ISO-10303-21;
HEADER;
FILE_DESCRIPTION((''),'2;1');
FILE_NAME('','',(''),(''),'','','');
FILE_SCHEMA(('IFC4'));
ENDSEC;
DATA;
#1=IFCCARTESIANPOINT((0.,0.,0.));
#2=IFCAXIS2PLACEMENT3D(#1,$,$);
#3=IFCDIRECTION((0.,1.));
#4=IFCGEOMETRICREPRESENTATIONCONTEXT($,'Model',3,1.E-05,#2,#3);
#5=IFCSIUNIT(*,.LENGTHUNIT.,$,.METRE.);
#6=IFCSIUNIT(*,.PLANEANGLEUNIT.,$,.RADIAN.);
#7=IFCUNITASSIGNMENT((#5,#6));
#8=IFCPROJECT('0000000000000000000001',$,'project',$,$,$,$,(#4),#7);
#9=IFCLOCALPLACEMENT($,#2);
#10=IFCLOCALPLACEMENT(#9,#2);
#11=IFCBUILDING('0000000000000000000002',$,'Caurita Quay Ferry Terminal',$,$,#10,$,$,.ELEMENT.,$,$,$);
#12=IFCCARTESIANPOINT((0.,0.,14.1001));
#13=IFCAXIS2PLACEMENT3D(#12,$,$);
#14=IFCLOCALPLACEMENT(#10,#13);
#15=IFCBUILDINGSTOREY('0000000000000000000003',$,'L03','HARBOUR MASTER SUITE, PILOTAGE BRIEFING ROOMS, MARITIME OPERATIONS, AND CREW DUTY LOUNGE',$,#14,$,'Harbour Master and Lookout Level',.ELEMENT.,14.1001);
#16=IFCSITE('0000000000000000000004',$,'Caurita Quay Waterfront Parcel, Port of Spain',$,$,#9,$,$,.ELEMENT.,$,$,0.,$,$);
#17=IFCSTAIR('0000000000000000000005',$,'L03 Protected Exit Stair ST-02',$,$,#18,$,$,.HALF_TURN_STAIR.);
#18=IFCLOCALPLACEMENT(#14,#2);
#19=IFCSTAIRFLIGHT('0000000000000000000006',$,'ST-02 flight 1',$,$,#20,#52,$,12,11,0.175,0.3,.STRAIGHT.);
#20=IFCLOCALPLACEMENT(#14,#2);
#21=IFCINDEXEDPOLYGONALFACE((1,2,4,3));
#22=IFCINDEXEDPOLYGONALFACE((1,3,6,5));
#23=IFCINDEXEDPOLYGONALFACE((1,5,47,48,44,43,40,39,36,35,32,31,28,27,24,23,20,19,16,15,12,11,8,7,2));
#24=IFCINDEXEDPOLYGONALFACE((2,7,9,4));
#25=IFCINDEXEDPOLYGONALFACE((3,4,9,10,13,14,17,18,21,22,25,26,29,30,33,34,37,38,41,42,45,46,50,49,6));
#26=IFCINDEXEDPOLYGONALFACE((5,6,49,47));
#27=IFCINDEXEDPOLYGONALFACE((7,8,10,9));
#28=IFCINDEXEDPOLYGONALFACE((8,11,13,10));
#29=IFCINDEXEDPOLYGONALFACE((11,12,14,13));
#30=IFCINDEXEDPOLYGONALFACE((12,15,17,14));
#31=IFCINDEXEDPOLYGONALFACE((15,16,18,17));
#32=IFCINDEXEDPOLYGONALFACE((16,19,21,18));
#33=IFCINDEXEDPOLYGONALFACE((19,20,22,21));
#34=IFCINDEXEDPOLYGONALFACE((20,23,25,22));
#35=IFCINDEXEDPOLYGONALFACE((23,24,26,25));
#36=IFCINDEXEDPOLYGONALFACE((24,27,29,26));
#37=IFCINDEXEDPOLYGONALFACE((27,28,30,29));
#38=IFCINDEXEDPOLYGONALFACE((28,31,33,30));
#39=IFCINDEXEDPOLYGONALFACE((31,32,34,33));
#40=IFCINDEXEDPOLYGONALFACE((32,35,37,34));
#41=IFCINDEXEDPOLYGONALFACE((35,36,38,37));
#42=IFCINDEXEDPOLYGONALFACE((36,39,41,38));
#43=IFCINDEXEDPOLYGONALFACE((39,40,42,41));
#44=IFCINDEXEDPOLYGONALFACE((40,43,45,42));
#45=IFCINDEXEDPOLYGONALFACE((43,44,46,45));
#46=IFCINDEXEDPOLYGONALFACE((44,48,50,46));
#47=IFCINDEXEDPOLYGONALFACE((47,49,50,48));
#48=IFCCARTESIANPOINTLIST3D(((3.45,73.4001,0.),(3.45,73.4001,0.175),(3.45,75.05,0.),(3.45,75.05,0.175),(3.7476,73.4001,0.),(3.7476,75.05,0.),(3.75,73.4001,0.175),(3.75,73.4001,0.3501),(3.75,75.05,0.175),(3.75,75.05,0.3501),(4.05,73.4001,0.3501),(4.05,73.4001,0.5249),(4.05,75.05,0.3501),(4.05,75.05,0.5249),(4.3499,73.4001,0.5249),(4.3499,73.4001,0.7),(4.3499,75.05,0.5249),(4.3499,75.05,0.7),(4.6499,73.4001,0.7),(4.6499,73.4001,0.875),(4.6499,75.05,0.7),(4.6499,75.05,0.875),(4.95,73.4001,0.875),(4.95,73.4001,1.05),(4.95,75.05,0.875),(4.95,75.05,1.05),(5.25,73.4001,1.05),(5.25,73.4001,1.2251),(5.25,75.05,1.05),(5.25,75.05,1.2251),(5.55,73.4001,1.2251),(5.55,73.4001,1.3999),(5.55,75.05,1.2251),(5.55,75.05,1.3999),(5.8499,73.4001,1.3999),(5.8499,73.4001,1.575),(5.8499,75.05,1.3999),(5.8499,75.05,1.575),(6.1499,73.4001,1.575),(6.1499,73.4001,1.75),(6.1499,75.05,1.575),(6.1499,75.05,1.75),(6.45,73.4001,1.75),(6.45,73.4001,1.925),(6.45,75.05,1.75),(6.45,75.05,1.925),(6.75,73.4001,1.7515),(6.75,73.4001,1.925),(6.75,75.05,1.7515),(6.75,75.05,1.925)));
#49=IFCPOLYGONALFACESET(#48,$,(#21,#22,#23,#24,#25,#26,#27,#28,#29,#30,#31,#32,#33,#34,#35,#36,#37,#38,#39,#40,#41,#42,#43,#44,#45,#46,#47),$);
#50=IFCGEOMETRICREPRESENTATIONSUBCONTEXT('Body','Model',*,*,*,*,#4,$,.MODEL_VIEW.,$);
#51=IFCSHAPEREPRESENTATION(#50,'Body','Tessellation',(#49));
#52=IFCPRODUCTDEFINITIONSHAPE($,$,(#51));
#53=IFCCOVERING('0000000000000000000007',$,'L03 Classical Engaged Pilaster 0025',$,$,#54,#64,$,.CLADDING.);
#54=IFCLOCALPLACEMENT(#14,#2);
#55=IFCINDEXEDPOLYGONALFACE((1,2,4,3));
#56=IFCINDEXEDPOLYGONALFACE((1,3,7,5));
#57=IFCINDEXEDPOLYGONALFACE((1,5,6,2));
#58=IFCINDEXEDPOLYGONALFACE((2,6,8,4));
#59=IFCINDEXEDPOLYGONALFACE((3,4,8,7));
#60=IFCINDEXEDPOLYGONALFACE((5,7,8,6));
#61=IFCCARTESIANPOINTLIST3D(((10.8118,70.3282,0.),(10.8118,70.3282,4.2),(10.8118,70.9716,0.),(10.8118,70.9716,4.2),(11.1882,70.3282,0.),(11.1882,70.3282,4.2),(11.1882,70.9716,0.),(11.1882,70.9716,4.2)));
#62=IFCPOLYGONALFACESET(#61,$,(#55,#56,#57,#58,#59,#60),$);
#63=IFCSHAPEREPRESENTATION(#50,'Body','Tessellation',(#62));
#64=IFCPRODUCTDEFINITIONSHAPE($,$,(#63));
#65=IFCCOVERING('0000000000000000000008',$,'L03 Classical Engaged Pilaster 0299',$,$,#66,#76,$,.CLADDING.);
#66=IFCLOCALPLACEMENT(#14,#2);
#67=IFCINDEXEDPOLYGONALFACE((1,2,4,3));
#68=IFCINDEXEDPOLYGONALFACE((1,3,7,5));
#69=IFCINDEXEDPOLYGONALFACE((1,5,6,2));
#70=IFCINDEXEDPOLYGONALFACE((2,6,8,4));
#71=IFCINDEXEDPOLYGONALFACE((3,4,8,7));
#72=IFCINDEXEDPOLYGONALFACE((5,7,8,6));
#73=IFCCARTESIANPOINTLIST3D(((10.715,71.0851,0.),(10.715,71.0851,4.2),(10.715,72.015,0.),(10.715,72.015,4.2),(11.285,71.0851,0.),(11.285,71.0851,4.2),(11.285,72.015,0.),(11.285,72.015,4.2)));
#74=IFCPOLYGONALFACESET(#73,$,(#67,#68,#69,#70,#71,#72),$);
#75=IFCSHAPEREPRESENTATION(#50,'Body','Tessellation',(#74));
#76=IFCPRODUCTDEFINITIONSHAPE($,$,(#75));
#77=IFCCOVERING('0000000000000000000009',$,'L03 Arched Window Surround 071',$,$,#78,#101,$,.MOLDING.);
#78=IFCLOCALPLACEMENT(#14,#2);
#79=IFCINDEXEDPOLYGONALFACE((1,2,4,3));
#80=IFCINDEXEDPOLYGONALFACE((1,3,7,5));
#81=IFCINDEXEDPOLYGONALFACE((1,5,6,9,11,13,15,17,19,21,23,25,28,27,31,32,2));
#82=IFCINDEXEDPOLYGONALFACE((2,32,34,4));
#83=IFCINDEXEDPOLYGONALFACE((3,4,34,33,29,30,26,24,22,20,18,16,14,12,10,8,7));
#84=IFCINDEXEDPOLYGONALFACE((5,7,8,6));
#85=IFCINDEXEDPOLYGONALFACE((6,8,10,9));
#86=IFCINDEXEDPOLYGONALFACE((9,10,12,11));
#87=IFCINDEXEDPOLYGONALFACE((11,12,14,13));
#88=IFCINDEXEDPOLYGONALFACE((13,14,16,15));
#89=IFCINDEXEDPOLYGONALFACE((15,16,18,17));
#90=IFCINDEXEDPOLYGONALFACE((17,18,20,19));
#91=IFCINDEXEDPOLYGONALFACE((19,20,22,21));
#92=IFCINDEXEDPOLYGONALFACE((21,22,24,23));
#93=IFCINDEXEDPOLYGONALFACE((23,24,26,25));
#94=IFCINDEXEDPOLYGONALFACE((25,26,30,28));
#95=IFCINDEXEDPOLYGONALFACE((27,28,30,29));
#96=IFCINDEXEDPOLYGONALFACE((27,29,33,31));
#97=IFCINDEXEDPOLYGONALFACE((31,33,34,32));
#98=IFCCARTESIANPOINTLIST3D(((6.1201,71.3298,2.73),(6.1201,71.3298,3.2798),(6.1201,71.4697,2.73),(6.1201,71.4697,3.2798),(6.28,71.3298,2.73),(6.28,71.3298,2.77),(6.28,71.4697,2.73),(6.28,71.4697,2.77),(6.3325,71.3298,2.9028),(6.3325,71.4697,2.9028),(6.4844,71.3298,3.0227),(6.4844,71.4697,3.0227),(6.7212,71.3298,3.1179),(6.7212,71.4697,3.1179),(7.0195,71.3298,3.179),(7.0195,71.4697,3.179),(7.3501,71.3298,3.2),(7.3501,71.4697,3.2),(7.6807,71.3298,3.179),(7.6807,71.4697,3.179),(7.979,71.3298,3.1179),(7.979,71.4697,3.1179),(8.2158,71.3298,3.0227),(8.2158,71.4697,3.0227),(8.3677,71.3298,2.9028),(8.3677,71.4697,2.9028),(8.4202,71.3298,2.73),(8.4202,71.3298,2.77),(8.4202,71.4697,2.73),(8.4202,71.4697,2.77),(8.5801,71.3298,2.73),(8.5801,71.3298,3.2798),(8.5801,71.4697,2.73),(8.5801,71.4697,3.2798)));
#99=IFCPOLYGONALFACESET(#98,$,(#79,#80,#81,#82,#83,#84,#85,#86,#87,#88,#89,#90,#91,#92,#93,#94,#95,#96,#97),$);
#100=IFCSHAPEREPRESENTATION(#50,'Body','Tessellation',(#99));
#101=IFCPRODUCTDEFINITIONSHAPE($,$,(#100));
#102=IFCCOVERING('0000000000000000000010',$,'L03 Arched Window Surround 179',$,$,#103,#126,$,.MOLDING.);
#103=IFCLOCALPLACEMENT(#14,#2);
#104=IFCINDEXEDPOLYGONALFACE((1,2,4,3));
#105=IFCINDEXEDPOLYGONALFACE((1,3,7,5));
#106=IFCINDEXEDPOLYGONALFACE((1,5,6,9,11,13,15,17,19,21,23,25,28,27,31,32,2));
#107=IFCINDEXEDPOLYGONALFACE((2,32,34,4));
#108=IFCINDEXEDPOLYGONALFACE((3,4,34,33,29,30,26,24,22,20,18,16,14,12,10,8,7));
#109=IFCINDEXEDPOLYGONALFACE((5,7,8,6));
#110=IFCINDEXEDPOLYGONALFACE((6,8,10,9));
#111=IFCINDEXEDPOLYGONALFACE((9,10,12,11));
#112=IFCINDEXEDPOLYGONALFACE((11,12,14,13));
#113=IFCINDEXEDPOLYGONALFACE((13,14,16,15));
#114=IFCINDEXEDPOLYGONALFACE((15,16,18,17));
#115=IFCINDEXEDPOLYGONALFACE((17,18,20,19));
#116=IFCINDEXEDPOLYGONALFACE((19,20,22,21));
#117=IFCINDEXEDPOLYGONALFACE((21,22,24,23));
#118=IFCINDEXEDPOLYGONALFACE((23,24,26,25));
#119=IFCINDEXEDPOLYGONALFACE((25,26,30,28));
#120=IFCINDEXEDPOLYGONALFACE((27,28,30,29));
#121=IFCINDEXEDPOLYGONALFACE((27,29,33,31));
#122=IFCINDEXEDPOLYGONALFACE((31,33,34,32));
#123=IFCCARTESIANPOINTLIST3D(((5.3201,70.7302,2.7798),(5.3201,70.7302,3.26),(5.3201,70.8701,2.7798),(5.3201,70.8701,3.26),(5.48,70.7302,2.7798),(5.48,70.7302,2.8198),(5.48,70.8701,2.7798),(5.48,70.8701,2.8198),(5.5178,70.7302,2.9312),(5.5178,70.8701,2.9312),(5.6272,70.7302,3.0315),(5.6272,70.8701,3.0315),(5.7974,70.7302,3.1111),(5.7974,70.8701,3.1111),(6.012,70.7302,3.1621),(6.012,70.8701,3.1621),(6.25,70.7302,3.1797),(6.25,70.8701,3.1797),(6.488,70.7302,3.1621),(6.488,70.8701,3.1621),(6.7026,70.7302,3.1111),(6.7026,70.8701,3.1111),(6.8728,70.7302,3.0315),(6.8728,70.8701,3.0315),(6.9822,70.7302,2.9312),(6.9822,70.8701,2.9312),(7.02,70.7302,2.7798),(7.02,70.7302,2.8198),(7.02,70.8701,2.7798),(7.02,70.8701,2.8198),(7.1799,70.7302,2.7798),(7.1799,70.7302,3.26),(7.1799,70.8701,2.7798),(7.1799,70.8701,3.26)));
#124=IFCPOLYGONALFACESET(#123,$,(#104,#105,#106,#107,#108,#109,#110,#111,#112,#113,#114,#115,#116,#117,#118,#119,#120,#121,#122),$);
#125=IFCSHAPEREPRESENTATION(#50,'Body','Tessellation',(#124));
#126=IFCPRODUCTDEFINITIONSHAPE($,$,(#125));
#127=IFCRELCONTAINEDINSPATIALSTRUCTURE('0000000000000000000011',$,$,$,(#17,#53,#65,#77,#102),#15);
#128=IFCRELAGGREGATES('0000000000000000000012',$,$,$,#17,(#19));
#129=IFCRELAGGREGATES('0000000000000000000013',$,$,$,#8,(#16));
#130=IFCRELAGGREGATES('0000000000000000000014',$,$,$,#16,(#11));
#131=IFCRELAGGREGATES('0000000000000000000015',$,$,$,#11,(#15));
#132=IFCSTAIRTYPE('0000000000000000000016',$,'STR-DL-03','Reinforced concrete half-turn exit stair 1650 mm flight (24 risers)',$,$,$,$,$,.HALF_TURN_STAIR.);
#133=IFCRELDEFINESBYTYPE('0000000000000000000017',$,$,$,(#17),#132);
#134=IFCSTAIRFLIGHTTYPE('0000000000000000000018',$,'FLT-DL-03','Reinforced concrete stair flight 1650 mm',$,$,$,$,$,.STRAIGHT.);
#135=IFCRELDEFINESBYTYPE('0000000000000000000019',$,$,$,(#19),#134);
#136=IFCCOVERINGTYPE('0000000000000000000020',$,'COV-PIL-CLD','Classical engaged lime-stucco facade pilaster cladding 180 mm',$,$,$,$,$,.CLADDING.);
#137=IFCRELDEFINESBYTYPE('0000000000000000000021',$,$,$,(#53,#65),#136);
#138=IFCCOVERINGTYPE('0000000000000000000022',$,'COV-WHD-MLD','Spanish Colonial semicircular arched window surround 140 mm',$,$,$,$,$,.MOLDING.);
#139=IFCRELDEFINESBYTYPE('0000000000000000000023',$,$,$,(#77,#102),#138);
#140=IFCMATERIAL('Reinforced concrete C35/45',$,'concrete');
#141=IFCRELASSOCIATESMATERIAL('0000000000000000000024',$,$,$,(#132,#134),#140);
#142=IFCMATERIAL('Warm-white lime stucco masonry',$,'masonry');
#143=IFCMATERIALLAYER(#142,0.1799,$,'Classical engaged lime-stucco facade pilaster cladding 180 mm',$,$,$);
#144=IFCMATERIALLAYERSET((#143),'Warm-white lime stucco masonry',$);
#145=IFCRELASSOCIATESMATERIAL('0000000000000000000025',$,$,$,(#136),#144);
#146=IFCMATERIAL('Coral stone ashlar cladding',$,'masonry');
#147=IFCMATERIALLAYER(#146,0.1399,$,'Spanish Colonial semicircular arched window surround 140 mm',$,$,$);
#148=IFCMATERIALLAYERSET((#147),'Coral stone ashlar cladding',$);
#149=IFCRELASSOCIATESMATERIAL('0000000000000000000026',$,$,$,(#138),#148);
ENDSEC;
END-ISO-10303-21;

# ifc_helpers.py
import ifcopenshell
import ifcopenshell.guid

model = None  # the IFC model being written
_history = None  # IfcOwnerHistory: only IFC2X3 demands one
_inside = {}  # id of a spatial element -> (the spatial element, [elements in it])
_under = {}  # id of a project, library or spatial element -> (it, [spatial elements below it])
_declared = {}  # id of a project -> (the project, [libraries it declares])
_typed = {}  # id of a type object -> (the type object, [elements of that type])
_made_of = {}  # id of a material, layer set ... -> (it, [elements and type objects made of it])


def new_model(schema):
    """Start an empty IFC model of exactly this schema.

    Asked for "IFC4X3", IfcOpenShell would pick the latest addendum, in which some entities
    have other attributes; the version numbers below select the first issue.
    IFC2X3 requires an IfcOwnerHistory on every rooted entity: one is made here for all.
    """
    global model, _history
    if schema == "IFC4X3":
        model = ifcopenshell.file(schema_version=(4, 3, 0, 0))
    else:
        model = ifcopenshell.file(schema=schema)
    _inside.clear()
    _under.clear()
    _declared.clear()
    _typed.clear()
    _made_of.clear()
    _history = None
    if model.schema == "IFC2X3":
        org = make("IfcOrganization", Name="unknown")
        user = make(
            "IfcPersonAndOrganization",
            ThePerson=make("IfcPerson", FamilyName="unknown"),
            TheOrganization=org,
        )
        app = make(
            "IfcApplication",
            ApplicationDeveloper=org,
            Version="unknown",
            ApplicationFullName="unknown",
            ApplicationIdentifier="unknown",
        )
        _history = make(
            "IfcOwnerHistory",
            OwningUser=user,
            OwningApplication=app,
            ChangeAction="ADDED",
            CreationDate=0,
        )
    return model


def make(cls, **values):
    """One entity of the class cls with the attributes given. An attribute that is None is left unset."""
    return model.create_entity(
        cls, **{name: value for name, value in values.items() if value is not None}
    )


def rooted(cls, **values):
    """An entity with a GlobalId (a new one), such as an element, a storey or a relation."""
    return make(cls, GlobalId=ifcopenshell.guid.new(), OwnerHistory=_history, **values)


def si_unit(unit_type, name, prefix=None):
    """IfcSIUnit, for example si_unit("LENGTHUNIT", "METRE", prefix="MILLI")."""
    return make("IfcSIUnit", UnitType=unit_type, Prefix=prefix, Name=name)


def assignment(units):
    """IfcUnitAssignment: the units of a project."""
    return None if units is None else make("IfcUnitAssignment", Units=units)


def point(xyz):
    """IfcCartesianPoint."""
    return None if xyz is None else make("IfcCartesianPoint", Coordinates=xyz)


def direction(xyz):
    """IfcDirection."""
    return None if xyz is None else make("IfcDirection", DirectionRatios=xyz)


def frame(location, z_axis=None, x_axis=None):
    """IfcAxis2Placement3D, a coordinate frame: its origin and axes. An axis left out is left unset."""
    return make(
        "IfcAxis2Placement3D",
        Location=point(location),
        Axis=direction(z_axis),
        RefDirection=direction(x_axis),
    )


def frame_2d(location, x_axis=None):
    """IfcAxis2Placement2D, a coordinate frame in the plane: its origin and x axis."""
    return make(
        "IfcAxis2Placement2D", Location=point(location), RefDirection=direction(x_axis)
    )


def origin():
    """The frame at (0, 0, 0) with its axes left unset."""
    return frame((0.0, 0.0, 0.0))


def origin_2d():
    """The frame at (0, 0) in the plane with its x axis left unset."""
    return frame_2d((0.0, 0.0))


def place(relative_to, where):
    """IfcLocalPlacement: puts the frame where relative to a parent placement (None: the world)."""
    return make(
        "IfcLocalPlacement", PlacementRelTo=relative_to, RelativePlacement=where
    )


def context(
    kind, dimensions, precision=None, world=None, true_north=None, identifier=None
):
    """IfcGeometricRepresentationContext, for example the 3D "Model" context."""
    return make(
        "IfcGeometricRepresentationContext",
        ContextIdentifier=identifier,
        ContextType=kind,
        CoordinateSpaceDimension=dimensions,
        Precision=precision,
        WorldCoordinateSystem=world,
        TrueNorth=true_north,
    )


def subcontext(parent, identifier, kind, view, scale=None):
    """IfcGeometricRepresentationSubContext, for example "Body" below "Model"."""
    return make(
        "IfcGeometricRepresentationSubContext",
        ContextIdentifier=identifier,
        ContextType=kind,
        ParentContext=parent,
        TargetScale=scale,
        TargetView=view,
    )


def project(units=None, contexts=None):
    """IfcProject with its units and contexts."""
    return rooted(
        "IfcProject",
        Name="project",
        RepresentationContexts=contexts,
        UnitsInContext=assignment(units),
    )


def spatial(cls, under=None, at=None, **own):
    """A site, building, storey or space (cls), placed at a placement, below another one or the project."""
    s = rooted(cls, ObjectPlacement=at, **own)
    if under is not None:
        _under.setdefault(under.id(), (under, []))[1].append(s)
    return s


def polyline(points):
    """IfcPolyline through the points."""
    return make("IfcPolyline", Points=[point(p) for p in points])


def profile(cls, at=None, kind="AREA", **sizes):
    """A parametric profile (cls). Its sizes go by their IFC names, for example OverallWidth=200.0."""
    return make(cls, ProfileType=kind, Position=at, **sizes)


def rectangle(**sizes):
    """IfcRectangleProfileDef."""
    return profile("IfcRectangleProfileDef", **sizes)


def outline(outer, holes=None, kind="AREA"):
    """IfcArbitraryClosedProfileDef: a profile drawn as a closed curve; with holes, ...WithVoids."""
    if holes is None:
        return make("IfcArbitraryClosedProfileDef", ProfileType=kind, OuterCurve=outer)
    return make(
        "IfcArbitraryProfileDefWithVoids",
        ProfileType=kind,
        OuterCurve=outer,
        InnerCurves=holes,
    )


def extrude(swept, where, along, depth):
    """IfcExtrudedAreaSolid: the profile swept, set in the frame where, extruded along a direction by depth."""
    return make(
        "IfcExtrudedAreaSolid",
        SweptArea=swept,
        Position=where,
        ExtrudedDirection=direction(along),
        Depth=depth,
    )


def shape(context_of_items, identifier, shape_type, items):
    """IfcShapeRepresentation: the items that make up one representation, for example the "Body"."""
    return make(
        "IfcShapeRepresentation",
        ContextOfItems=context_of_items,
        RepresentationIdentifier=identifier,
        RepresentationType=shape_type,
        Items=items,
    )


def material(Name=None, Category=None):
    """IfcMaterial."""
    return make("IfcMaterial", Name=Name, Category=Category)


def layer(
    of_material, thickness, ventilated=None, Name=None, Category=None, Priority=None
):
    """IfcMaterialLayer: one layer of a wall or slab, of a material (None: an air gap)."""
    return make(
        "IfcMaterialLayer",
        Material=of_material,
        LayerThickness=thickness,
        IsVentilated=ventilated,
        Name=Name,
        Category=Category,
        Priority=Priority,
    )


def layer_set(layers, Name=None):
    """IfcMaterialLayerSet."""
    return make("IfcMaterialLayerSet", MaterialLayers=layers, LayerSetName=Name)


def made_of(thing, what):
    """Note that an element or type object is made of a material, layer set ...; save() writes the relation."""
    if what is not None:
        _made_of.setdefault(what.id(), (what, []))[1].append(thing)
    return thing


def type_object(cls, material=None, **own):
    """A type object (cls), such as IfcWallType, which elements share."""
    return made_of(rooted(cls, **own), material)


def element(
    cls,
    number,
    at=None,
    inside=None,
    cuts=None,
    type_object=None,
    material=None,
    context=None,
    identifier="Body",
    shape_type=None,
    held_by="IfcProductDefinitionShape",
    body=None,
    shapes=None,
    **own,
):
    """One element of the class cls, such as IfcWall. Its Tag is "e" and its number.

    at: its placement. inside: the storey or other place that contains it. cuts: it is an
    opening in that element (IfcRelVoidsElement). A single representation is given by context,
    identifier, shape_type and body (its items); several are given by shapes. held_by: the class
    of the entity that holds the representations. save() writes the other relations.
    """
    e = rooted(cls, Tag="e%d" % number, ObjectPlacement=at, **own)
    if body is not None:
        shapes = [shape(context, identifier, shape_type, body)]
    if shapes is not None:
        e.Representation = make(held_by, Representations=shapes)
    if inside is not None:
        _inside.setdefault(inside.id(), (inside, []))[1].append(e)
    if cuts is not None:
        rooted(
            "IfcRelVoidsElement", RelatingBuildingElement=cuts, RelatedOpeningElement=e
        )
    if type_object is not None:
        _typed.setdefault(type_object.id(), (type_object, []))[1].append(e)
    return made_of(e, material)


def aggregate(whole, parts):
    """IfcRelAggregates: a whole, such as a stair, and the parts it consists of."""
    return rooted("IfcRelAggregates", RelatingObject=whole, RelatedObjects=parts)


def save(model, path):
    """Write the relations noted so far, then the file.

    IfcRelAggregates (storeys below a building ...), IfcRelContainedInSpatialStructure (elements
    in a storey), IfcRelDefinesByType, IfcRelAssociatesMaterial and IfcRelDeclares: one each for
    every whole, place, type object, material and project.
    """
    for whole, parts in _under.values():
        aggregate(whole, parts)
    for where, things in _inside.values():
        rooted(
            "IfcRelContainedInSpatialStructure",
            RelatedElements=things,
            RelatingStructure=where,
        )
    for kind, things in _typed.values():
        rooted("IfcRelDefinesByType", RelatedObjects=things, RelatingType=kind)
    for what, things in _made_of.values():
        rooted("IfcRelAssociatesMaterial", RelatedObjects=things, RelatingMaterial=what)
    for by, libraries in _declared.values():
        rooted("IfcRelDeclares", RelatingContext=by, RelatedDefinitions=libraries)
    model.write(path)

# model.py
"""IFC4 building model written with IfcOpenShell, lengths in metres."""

from ifc_helpers import new_model, si_unit, direction, frame, origin, origin_2d, place, context, subcontext, project, spatial, polyline, rectangle, outline, extrude, material, layer, layer_set, type_object, element, aggregate, save


model = new_model("IFC4")

# Units and contexts
model_context = context("Model", 3, precision=1e-05, world=origin(), true_north=direction((0.0, 1.0)))
body_context = subcontext(model_context, "Body", "Model", "MODEL_VIEW")
ifc_project = project(units=[si_unit("LENGTHUNIT", "METRE"), si_unit("PLANEANGLEUNIT", "RADIAN")], contexts=[model_context])

# Site, building, storey
site_placement = place(None, origin())
site = spatial("IfcSite", under=ifc_project, at=site_placement, Name="Caurita Quay Waterfront Parcel, Port of Spain", CompositionType="ELEMENT", RefElevation=0.0)
building_placement = place(site_placement, origin())
building = spatial("IfcBuilding", under=site, at=building_placement, Name="Caurita Quay Ferry Terminal", CompositionType="ELEMENT")
storey_placement = place(building_placement, frame((0.0, 0.0, 14.1001)))
storey = spatial("IfcBuildingStorey", under=building, at=storey_placement, Name="L03", Description="HARBOUR MASTER SUITE, PILOTAGE BRIEFING ROOMS, MARITIME OPERATIONS, AND CREW DUTY LOUNGE", LongName="Harbour Master and Lookout Level", CompositionType="ELEMENT", Elevation=14.1001)

# Shared definitions
ifc_material_1 = material(Name="Reinforced concrete C35/45", Category="concrete")

# Shared definitions
ifc_material_2 = material(Name="Warm-white lime stucco masonry", Category="masonry")

# Stair, stair flight
stair_type = type_object("IfcStairType", Name="STR-DL-03", Description="Reinforced concrete half-turn exit stair 1650 mm flight (24 risers)", PredefinedType="HALF_TURN_STAIR", material=ifc_material_1)
stair_placement = place(storey_placement, origin())
stair = element("IfcStair", 1, at=stair_placement, inside=storey, type_object=stair_type, Name="L03 Protected Exit Stair ST-02", PredefinedType="HALF_TURN_STAIR")
stair_flight_type = type_object("IfcStairFlightType", Name="FLT-DL-03", Description="Reinforced concrete stair flight 1650 mm", PredefinedType="STRAIGHT", material=ifc_material_1)
stair_flight_placement = place(storey_placement, frame((3.45, 74.2251, 0.0), z_axis=(0.0, 0.0, 1.0), x_axis=(1.0, 0.0, 0.0)))
stair_flight = element("IfcStairFlight", 2, at=stair_flight_placement, type_object=stair_flight_type, Name="ST-02 flight 1", NumberOfRisers=12, NumberOfTreads=11, PredefinedType="STRAIGHT", RiserHeight=0.175, TreadLength=0.3, context=body_context, shape_type="SweptSolid", body=[
    extrude(outline(polyline([(0.0, 0.0), (0.0, 0.175), (0.3, 0.175), (0.3, 0.3501), (0.6001, 0.3501), (0.6001, 0.5249), (0.8999, 0.5249), (0.8999, 0.7), (1.2, 0.7), (1.2, 0.875), (1.5, 0.875), (1.5, 1.05), (1.8, 1.05), (1.8, 1.2251), (2.1001, 1.2251), (2.1001, 1.3999), (2.3999, 1.3999), (2.3999, 1.575), (2.7, 1.575), (2.7, 1.75), (3.0, 1.75), (3.0, 1.925), (3.3, 1.925), (3.3, 2.1001), (3.3, 1.7515), (0.2976, 0.0), (0.0, 0.0)])), frame((0.0, 0.825, 0.0), z_axis=(0.0, -1.0, 0.0), x_axis=(1.0, 0.0, 0.0)), (0.0, 0.0, 1.0), 1.6499),
])
aggregate(stair, [stair_flight])

# Coverings
ifc_layer_1 = layer(ifc_material_2, 0.1799, Name="Classical engaged lime-stucco facade pilaster cladding 180 mm")
ifc_layer_set_1 = layer_set([ifc_layer_1], Name="Warm-white lime stucco masonry")
covering_type_1 = type_object("IfcCoveringType", Name="COV-PIL-CLD", Description="Classical engaged lime-stucco facade pilaster cladding 180 mm", PredefinedType="CLADDING", material=ifc_layer_set_1)
covering_1_placement = place(storey_placement, frame((11.0, 70.6499, 0.0), z_axis=(0.0, 0.0, 1.0), x_axis=(1.0, 0.0, 0.0)))
element("IfcCovering", 3, at=covering_1_placement, inside=storey, type_object=covering_type_1, Name="L03 Classical Engaged Pilaster 0025", PredefinedType="CLADDING", context=body_context, shape_type="SweptSolid", body=[
    extrude(rectangle(XDim=0.3765, YDim=0.6433, at=origin_2d()), origin(), (0.0, 0.0, 1.0), 4.2),
])
covering_2_placement = place(storey_placement, frame((11.0, 71.55, 0.0), z_axis=(0.0, 0.0, 1.0), x_axis=(1.0, 0.0, 0.0)))
element("IfcCovering", 4, at=covering_2_placement, inside=storey, type_object=covering_type_1, Name="L03 Classical Engaged Pilaster 0299", PredefinedType="CLADDING", context=body_context, shape_type="SweptSolid", body=[
    extrude(rectangle(XDim=0.5701, YDim=0.9299, at=origin_2d()), origin(), (0.0, 0.0, 1.0), 4.2),
])
ifc_material_3 = material(Name="Coral stone ashlar cladding", Category="masonry")
ifc_layer_2 = layer(ifc_material_3, 0.1399, Name="Spanish Colonial semicircular arched window surround 140 mm")
ifc_layer_set_2 = layer_set([ifc_layer_2], Name="Coral stone ashlar cladding")
covering_type_2 = type_object("IfcCoveringType", Name="COV-WHD-MLD", Description="Spanish Colonial semicircular arched window surround 140 mm", PredefinedType="MOLDING", material=ifc_layer_set_2)
covering_3_placement = place(storey_placement, frame((6.1201, 71.3999, 2.73), z_axis=(0.0, 0.0, 1.0), x_axis=(1.0, 0.0, 0.0)))
element("IfcCovering", 5, at=covering_3_placement, inside=storey, type_object=covering_type_2, Name="L03 Arched Window Surround 071", PredefinedType="MOLDING", context=body_context, shape_type="SweptSolid", body=[
    extrude(outline(polyline([(0.0, 0.0), (0.1599, 0.0), (0.1599, 0.04), (0.2124, 0.1729), (0.3643, 0.2927), (0.6011, 0.3879), (0.8994, 0.449), (1.23, 0.47), (1.5605, 0.449), (1.8589, 0.3879), (2.0957, 0.2927), (2.2476, 0.1729), (2.3, 0.04), (2.3, 0.0), (2.46, 0.0), (2.46, 0.5498), (0.0, 0.5498), (0.0, 0.0)])), frame((0.0, 0.0698, 0.0), z_axis=(0.0, -1.0, 0.0), x_axis=(1.0, 0.0, 0.0)), (0.0, 0.0, 1.0), 0.1399),
])
covering_4_placement = place(storey_placement, frame((7.1799, 70.8, 2.7798), z_axis=(0.0, 0.0, 1.0), x_axis=(-1.0, 0.0, 0.0)))
element("IfcCovering", 6, at=covering_4_placement, inside=storey, type_object=covering_type_2, Name="L03 Arched Window Surround 179", PredefinedType="MOLDING", context=body_context, shape_type="SweptSolid", body=[
    extrude(outline(polyline([(0.0, 0.0), (0.1599, 0.0), (0.1599, 0.04), (0.1978, 0.1514), (0.3071, 0.2517), (0.4773, 0.3313), (0.6919, 0.3823), (0.9299, 0.3999), (1.168, 0.3823), (1.3826, 0.3313), (1.5527, 0.2517), (1.6621, 0.1514), (1.7, 0.04), (1.7, 0.0), (1.8599, 0.0), (1.8599, 0.4802), (0.0, 0.4802), (0.0, 0.0)])), frame((0.0, 0.0698, 0.0), z_axis=(0.0, -1.0, 0.0), x_axis=(1.0, 0.0, 0.0)), (0.0, 0.0, 1.0), 0.1399),
])

save(model, "model.ifc")
